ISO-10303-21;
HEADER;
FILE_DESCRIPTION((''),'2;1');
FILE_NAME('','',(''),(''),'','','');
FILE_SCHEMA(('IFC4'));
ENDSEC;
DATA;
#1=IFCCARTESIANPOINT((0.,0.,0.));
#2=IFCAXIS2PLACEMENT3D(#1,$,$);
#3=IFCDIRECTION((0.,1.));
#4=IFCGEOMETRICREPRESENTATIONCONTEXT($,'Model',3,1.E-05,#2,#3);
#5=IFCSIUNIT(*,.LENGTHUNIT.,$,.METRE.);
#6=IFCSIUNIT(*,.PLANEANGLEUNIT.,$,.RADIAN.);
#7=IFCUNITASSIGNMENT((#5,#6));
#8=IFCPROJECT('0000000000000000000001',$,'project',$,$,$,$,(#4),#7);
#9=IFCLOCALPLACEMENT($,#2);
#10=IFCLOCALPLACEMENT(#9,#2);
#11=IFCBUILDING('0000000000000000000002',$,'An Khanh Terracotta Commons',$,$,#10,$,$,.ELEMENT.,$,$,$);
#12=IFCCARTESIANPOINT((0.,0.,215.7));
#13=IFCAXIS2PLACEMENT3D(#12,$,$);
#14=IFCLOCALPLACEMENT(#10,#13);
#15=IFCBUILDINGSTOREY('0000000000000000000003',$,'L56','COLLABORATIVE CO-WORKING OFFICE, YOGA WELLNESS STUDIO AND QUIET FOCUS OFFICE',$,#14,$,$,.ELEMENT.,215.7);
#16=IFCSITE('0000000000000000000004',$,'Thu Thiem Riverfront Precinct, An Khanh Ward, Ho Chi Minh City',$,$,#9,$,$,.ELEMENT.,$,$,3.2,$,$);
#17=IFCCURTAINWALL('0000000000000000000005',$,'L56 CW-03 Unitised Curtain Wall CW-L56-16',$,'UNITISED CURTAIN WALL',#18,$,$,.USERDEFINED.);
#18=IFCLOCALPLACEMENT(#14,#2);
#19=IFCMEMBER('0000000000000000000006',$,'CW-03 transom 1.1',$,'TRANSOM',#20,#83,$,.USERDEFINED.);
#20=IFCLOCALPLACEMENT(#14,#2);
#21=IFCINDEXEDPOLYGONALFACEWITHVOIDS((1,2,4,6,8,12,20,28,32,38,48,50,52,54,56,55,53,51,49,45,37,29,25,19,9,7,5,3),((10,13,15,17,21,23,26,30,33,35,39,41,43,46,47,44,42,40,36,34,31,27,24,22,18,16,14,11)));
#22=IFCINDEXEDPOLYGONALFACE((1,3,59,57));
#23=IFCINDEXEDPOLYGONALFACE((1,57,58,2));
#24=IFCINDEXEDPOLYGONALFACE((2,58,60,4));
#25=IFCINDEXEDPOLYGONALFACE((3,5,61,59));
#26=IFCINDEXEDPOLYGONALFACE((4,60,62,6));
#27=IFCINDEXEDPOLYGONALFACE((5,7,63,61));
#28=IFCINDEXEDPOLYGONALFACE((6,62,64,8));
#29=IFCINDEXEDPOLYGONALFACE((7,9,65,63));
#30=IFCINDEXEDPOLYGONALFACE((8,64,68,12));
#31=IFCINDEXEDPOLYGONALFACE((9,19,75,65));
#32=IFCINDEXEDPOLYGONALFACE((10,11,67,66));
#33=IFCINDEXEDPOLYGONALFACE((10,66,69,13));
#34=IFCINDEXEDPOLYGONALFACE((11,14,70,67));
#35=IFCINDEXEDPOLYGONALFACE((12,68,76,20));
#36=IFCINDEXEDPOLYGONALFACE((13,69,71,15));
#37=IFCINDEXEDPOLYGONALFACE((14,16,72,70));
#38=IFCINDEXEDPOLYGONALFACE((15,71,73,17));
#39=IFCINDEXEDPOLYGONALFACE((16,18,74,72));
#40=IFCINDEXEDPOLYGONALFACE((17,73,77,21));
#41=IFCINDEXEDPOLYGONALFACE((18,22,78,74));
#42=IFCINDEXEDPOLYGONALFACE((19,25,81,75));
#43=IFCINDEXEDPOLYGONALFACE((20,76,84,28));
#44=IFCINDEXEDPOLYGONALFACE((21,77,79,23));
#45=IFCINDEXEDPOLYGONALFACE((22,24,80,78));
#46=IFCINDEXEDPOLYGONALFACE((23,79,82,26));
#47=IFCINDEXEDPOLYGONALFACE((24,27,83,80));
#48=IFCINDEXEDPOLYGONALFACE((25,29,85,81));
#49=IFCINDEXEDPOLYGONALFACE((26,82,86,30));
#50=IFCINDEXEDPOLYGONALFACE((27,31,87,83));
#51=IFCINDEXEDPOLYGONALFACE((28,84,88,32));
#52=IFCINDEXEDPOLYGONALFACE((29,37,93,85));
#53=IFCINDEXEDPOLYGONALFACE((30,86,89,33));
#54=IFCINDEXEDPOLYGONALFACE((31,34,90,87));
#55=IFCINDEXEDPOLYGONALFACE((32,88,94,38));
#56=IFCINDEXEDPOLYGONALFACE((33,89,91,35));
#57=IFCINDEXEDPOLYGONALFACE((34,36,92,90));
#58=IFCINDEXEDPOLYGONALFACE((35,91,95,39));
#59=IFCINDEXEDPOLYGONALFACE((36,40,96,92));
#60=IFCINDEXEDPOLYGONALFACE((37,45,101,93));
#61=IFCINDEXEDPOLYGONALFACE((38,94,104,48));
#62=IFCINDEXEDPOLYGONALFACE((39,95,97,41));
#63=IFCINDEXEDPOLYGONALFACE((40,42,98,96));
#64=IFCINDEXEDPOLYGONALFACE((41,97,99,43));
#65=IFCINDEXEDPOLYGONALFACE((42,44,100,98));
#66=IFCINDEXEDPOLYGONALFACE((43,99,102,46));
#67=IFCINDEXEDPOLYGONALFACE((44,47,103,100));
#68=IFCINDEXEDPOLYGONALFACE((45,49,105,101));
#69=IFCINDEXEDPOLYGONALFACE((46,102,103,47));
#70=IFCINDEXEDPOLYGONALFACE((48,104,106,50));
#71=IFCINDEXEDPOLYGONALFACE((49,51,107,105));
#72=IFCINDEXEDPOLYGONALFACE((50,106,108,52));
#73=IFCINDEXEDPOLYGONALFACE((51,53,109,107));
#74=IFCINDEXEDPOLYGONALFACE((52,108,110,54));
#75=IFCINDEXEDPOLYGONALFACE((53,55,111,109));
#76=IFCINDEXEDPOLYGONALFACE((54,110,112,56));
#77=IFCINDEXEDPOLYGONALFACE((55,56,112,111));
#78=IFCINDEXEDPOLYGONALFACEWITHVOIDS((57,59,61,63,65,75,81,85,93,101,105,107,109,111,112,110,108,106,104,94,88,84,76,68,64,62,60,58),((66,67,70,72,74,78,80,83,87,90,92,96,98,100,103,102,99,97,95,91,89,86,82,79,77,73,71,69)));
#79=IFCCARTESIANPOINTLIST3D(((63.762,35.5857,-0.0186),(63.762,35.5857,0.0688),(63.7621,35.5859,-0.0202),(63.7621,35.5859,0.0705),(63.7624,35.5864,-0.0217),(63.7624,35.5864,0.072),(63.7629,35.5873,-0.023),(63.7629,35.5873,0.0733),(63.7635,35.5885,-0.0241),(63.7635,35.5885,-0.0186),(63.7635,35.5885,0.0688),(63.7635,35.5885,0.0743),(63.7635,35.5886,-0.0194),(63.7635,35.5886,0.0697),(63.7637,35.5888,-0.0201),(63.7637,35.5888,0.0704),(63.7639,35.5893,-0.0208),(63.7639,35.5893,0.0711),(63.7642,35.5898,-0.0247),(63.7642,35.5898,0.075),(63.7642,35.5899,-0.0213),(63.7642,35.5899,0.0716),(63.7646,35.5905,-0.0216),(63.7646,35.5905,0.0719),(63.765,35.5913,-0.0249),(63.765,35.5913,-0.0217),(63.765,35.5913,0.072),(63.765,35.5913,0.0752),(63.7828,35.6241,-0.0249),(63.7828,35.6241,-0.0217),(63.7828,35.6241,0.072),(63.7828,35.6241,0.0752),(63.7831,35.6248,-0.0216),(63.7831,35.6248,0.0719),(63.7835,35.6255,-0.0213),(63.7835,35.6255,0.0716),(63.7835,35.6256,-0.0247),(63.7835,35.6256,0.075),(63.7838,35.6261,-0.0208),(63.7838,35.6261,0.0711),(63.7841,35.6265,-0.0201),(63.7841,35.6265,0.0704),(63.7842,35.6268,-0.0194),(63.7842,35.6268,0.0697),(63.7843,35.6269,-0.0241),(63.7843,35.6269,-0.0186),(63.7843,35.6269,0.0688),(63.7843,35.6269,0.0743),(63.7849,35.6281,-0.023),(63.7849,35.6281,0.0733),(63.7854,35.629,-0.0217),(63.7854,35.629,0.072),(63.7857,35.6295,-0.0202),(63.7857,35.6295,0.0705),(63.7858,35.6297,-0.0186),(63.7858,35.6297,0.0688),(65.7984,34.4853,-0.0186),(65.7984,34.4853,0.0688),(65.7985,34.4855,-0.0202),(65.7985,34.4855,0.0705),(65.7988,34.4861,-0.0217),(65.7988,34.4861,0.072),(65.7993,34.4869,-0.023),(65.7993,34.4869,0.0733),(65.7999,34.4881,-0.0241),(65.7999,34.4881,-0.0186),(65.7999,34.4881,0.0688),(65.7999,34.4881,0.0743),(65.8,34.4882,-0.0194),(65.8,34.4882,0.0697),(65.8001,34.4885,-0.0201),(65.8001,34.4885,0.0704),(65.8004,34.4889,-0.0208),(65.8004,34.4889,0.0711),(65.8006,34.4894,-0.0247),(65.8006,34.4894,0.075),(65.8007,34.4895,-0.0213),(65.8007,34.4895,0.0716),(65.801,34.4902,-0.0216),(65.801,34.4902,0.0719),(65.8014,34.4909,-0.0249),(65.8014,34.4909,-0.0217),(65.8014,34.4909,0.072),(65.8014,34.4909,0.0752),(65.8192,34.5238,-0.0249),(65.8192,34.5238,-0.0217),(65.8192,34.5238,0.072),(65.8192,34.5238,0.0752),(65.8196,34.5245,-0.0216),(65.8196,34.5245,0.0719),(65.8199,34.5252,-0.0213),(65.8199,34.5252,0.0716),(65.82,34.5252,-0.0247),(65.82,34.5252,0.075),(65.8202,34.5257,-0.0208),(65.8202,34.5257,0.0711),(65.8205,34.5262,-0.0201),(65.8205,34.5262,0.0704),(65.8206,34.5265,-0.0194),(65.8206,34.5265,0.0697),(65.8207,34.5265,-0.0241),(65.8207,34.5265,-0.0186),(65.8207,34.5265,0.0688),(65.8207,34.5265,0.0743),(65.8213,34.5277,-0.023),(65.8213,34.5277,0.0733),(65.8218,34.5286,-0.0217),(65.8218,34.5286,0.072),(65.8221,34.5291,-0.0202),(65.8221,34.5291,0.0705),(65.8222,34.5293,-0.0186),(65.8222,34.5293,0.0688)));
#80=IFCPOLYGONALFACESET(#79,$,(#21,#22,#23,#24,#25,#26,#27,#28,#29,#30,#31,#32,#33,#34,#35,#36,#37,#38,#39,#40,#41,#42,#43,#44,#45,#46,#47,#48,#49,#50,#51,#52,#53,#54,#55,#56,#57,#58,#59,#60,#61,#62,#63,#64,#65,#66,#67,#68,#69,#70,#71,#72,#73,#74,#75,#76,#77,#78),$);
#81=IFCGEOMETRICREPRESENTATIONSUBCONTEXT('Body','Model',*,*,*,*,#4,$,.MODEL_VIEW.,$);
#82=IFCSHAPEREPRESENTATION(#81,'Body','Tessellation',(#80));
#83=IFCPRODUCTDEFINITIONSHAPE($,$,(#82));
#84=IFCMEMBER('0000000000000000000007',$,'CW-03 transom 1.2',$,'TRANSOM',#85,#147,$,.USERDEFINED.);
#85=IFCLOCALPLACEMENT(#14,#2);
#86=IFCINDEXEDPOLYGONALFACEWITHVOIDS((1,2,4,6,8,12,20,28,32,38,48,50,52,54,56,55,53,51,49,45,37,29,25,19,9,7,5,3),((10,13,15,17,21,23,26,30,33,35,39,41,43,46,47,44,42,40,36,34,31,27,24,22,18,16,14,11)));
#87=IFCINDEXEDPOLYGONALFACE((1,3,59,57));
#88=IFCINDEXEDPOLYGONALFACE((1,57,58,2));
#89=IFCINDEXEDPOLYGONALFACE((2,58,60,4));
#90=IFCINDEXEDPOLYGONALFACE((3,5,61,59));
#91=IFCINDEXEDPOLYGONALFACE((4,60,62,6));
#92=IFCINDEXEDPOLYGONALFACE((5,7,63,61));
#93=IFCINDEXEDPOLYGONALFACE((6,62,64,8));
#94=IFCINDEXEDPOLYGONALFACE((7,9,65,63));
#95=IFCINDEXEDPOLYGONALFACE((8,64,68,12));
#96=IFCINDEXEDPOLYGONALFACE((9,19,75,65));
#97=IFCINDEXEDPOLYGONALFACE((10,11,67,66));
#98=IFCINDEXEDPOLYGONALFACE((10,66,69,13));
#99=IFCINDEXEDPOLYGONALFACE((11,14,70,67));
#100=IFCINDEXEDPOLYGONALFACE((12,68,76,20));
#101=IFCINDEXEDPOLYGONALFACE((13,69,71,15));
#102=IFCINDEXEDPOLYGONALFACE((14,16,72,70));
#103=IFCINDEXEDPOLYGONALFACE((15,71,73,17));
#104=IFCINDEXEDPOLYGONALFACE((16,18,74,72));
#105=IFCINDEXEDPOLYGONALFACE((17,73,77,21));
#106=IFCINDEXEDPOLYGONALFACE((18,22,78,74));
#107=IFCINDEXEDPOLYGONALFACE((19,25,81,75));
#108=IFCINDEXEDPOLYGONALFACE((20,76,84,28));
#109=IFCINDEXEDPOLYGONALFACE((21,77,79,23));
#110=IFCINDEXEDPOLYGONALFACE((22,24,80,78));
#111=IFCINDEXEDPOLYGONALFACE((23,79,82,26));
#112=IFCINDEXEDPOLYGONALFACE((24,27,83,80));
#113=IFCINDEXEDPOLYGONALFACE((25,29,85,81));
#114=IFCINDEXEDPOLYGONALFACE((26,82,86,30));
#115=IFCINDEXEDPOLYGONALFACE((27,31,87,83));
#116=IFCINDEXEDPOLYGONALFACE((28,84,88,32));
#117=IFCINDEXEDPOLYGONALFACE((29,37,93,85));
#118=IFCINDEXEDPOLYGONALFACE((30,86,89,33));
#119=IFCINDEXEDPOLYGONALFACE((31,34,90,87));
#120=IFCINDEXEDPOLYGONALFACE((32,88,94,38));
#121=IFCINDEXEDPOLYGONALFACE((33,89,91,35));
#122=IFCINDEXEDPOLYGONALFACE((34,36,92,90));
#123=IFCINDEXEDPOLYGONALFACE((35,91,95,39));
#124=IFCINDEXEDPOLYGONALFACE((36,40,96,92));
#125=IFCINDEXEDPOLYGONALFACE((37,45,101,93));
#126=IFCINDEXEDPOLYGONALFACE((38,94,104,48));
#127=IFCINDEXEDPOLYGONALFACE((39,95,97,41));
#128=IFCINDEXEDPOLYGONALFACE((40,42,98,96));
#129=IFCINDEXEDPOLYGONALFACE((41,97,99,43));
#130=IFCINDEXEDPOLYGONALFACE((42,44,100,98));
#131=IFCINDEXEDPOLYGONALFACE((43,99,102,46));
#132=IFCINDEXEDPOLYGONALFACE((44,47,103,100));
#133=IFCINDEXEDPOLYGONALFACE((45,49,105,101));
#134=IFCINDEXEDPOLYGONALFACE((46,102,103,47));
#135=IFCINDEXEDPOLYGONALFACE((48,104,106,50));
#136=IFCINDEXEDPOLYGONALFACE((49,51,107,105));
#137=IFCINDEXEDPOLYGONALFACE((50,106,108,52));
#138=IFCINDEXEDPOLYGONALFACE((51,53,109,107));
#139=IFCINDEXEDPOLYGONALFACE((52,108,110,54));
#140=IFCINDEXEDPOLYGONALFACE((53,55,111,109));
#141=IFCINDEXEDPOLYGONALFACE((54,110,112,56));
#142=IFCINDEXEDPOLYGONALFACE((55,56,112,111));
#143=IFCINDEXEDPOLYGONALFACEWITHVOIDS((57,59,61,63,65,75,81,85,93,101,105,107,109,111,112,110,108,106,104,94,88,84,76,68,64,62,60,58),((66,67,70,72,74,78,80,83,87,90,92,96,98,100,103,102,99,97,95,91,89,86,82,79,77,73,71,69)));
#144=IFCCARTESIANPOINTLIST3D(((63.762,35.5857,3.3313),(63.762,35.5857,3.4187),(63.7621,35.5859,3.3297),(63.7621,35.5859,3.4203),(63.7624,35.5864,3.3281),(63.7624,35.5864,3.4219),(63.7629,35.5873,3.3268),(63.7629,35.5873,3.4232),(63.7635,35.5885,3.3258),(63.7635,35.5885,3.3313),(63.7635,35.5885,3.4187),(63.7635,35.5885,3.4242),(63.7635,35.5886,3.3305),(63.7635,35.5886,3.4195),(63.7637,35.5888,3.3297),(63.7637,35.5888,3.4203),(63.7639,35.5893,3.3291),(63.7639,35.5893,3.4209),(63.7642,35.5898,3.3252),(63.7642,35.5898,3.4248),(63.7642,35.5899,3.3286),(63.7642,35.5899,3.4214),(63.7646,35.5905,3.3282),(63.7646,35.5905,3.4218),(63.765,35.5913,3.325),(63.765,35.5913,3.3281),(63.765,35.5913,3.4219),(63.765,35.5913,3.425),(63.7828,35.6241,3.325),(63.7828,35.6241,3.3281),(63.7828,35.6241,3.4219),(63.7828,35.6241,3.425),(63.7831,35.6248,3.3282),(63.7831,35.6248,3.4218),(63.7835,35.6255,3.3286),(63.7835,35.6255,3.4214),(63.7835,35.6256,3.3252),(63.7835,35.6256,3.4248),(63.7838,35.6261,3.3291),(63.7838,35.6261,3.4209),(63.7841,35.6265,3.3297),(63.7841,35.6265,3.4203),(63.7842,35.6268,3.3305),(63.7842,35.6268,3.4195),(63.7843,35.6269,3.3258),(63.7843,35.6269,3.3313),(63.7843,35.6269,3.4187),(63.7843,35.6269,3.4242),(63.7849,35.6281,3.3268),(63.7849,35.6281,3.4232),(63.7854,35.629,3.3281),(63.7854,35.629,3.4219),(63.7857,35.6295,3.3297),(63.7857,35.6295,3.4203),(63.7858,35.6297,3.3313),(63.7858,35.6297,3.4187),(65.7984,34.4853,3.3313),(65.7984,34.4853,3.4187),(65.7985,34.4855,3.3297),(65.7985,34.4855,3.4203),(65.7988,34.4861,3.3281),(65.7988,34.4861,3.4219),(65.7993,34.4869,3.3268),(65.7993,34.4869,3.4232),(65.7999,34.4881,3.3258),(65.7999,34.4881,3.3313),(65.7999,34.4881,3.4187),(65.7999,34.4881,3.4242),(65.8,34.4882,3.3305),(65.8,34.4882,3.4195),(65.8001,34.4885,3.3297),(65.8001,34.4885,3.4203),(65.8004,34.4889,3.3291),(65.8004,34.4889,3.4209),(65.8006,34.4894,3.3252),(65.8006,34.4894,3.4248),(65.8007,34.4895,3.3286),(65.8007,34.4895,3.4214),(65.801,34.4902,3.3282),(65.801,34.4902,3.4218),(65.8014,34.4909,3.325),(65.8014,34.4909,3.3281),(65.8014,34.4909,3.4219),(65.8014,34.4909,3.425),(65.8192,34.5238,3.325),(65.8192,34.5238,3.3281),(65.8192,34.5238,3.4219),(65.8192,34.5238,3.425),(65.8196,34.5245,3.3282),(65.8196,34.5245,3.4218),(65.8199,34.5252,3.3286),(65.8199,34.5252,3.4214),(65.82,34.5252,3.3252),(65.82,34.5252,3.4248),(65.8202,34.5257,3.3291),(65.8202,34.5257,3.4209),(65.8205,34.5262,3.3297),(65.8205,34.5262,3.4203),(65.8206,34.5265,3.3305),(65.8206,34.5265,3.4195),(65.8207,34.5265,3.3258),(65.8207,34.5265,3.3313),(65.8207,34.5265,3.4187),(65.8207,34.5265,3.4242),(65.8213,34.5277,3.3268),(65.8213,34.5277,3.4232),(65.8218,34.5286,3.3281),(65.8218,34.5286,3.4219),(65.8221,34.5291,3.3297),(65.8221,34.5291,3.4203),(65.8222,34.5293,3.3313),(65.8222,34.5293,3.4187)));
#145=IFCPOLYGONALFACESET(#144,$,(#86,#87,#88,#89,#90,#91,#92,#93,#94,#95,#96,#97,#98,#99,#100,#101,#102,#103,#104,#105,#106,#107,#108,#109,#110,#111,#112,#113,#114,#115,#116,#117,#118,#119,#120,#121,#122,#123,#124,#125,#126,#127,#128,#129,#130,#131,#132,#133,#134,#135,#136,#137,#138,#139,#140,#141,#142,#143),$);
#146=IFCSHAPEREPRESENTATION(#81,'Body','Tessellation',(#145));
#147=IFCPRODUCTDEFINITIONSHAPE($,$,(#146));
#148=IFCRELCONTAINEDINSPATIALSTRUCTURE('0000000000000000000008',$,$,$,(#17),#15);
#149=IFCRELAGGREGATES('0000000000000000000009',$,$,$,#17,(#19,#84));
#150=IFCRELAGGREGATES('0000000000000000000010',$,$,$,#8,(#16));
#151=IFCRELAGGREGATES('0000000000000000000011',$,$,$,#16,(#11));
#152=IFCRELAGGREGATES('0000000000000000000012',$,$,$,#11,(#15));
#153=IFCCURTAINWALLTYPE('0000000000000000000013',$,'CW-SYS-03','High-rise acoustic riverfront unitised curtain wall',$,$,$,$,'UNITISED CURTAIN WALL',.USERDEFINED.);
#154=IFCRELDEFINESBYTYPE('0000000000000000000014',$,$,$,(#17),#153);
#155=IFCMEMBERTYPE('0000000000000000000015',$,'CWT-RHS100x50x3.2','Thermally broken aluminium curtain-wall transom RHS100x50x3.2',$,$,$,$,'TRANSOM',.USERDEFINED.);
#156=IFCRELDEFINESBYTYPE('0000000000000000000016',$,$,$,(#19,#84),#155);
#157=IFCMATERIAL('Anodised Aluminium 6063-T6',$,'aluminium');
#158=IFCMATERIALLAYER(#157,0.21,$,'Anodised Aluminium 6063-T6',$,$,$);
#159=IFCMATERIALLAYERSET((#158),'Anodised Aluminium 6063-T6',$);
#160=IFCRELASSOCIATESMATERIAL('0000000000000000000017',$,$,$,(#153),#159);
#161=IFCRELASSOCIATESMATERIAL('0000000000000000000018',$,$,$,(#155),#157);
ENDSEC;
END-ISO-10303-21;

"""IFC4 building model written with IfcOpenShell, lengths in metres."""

from ifc_helpers import new_model, si_unit, direction, frame, origin, origin_2d, place, context, subcontext, project, spatial, hollow_rectangle, extrude, material, layer, layer_set, material_profile, profile_set, type_object, element, aggregate, save


model = new_model("IFC4")

# Units and contexts
model_context = context("Model", 3, precision=1e-05, world=origin(), true_north=direction((0.0, 1.0)))
body_context = subcontext(model_context, "Body", "Model", "MODEL_VIEW")
ifc_project = project(units=[si_unit("LENGTHUNIT", "METRE"), si_unit("PLANEANGLEUNIT", "RADIAN")], contexts=[model_context])

# Site, building, storey
site_placement = place(None, origin())
site = spatial("IfcSite", under=ifc_project, at=site_placement, Name="Thu Thiem Riverfront Precinct, An Khanh Ward, Ho Chi Minh City", CompositionType="ELEMENT", RefElevation=3.2)
building_placement = place(site_placement, origin())
building = spatial("IfcBuilding", under=site, at=building_placement, Name="An Khanh Terracotta Commons", CompositionType="ELEMENT")
storey_placement = place(building_placement, frame((0.0, 0.0, 215.7)))
storey = spatial("IfcBuildingStorey", under=building, at=storey_placement, Name="L56", Description="COLLABORATIVE CO-WORKING OFFICE, YOGA WELLNESS STUDIO AND QUIET FOCUS OFFICE", CompositionType="ELEMENT", Elevation=215.7)

# Curtain wall
ifc_material_1 = material(Name="Anodised Aluminium 6063-T6", Category="aluminium")
ifc_layer_1 = layer(ifc_material_1, 0.21, Name="Anodised Aluminium 6063-T6")
ifc_layer_set_1 = layer_set([ifc_layer_1], Name="Anodised Aluminium 6063-T6")
curtain_wall_type = type_object("IfcCurtainWallType", Name="CW-SYS-03", Description="High-rise acoustic riverfront unitised curtain wall", ElementType="UNITISED CURTAIN WALL", PredefinedType="USERDEFINED", material=ifc_layer_set_1)
curtain_wall_1_placement = place(storey_placement, origin())
curtain_wall_1 = element("IfcCurtainWall", 1, at=curtain_wall_1_placement, inside=storey, type_object=curtain_wall_type, Name="L56 CW-03 Unitised Curtain Wall CW-L56-16", ObjectType="UNITISED CURTAIN WALL", PredefinedType="USERDEFINED")

# Members
ifc_material_profile_1 = material_profile(ifc_material_1, hollow_rectangle(XDim=0.05, YDim=0.1001, WallThickness=0.0032, InnerFilletRadius=0.0032, OuterFilletRadius=0.0063, at=origin_2d()), Name="RHS100x50x3.2")
ifc_profile_set_1 = profile_set([ifc_material_profile_1], Name="Anodised Aluminium 6063-T6")
member_type_1 = type_object("IfcMemberType", Name="CWT-RHS100x50x3.2", Description="Thermally broken aluminium curtain-wall transom RHS100x50x3.2", ElementType="TRANSOM", PredefinedType="USERDEFINED", material=ifc_profile_set_1)
member_1_placement = place(storey_placement, frame((65.8103, 34.5073, 0.0251), z_axis=(-0.879779, 0.475382, 0.0), x_axis=(-0.475382, -0.879779, 0.0)))
member_1 = element("IfcMember", 2, at=member_1_placement, type_object=member_type_1, Name="CW-03 transom 1.1", ObjectType="TRANSOM", PredefinedType="USERDEFINED", context=body_context, shape_type="SweptSolid", body=[
    extrude(hollow_rectangle(XDim=0.05, YDim=0.1001, WallThickness=0.0032, InnerFilletRadius=0.0032, OuterFilletRadius=0.0063, at=origin_2d()), origin(), (0.0, 0.0, 1.0), 2.3147),
])
member_2_placement = place(storey_placement, frame((65.8103, 34.5073, 3.375), z_axis=(-0.879779, 0.475382, 0.0), x_axis=(-0.475382, -0.879779, 0.0)))
member_2 = element("IfcMember", 3, at=member_2_placement, type_object=member_type_1, Name="CW-03 transom 1.2", ObjectType="TRANSOM", PredefinedType="USERDEFINED", context=body_context, shape_type="SweptSolid", body=[
    extrude(hollow_rectangle(XDim=0.05, YDim=0.1001, WallThickness=0.0032, InnerFilletRadius=0.0032, OuterFilletRadius=0.0063, at=origin_2d()), origin(), (0.0, 0.0, 1.0), 2.3147),
])

aggregate(curtain_wall_1, [member_1, member_2])

save(model, "model.ifc")
